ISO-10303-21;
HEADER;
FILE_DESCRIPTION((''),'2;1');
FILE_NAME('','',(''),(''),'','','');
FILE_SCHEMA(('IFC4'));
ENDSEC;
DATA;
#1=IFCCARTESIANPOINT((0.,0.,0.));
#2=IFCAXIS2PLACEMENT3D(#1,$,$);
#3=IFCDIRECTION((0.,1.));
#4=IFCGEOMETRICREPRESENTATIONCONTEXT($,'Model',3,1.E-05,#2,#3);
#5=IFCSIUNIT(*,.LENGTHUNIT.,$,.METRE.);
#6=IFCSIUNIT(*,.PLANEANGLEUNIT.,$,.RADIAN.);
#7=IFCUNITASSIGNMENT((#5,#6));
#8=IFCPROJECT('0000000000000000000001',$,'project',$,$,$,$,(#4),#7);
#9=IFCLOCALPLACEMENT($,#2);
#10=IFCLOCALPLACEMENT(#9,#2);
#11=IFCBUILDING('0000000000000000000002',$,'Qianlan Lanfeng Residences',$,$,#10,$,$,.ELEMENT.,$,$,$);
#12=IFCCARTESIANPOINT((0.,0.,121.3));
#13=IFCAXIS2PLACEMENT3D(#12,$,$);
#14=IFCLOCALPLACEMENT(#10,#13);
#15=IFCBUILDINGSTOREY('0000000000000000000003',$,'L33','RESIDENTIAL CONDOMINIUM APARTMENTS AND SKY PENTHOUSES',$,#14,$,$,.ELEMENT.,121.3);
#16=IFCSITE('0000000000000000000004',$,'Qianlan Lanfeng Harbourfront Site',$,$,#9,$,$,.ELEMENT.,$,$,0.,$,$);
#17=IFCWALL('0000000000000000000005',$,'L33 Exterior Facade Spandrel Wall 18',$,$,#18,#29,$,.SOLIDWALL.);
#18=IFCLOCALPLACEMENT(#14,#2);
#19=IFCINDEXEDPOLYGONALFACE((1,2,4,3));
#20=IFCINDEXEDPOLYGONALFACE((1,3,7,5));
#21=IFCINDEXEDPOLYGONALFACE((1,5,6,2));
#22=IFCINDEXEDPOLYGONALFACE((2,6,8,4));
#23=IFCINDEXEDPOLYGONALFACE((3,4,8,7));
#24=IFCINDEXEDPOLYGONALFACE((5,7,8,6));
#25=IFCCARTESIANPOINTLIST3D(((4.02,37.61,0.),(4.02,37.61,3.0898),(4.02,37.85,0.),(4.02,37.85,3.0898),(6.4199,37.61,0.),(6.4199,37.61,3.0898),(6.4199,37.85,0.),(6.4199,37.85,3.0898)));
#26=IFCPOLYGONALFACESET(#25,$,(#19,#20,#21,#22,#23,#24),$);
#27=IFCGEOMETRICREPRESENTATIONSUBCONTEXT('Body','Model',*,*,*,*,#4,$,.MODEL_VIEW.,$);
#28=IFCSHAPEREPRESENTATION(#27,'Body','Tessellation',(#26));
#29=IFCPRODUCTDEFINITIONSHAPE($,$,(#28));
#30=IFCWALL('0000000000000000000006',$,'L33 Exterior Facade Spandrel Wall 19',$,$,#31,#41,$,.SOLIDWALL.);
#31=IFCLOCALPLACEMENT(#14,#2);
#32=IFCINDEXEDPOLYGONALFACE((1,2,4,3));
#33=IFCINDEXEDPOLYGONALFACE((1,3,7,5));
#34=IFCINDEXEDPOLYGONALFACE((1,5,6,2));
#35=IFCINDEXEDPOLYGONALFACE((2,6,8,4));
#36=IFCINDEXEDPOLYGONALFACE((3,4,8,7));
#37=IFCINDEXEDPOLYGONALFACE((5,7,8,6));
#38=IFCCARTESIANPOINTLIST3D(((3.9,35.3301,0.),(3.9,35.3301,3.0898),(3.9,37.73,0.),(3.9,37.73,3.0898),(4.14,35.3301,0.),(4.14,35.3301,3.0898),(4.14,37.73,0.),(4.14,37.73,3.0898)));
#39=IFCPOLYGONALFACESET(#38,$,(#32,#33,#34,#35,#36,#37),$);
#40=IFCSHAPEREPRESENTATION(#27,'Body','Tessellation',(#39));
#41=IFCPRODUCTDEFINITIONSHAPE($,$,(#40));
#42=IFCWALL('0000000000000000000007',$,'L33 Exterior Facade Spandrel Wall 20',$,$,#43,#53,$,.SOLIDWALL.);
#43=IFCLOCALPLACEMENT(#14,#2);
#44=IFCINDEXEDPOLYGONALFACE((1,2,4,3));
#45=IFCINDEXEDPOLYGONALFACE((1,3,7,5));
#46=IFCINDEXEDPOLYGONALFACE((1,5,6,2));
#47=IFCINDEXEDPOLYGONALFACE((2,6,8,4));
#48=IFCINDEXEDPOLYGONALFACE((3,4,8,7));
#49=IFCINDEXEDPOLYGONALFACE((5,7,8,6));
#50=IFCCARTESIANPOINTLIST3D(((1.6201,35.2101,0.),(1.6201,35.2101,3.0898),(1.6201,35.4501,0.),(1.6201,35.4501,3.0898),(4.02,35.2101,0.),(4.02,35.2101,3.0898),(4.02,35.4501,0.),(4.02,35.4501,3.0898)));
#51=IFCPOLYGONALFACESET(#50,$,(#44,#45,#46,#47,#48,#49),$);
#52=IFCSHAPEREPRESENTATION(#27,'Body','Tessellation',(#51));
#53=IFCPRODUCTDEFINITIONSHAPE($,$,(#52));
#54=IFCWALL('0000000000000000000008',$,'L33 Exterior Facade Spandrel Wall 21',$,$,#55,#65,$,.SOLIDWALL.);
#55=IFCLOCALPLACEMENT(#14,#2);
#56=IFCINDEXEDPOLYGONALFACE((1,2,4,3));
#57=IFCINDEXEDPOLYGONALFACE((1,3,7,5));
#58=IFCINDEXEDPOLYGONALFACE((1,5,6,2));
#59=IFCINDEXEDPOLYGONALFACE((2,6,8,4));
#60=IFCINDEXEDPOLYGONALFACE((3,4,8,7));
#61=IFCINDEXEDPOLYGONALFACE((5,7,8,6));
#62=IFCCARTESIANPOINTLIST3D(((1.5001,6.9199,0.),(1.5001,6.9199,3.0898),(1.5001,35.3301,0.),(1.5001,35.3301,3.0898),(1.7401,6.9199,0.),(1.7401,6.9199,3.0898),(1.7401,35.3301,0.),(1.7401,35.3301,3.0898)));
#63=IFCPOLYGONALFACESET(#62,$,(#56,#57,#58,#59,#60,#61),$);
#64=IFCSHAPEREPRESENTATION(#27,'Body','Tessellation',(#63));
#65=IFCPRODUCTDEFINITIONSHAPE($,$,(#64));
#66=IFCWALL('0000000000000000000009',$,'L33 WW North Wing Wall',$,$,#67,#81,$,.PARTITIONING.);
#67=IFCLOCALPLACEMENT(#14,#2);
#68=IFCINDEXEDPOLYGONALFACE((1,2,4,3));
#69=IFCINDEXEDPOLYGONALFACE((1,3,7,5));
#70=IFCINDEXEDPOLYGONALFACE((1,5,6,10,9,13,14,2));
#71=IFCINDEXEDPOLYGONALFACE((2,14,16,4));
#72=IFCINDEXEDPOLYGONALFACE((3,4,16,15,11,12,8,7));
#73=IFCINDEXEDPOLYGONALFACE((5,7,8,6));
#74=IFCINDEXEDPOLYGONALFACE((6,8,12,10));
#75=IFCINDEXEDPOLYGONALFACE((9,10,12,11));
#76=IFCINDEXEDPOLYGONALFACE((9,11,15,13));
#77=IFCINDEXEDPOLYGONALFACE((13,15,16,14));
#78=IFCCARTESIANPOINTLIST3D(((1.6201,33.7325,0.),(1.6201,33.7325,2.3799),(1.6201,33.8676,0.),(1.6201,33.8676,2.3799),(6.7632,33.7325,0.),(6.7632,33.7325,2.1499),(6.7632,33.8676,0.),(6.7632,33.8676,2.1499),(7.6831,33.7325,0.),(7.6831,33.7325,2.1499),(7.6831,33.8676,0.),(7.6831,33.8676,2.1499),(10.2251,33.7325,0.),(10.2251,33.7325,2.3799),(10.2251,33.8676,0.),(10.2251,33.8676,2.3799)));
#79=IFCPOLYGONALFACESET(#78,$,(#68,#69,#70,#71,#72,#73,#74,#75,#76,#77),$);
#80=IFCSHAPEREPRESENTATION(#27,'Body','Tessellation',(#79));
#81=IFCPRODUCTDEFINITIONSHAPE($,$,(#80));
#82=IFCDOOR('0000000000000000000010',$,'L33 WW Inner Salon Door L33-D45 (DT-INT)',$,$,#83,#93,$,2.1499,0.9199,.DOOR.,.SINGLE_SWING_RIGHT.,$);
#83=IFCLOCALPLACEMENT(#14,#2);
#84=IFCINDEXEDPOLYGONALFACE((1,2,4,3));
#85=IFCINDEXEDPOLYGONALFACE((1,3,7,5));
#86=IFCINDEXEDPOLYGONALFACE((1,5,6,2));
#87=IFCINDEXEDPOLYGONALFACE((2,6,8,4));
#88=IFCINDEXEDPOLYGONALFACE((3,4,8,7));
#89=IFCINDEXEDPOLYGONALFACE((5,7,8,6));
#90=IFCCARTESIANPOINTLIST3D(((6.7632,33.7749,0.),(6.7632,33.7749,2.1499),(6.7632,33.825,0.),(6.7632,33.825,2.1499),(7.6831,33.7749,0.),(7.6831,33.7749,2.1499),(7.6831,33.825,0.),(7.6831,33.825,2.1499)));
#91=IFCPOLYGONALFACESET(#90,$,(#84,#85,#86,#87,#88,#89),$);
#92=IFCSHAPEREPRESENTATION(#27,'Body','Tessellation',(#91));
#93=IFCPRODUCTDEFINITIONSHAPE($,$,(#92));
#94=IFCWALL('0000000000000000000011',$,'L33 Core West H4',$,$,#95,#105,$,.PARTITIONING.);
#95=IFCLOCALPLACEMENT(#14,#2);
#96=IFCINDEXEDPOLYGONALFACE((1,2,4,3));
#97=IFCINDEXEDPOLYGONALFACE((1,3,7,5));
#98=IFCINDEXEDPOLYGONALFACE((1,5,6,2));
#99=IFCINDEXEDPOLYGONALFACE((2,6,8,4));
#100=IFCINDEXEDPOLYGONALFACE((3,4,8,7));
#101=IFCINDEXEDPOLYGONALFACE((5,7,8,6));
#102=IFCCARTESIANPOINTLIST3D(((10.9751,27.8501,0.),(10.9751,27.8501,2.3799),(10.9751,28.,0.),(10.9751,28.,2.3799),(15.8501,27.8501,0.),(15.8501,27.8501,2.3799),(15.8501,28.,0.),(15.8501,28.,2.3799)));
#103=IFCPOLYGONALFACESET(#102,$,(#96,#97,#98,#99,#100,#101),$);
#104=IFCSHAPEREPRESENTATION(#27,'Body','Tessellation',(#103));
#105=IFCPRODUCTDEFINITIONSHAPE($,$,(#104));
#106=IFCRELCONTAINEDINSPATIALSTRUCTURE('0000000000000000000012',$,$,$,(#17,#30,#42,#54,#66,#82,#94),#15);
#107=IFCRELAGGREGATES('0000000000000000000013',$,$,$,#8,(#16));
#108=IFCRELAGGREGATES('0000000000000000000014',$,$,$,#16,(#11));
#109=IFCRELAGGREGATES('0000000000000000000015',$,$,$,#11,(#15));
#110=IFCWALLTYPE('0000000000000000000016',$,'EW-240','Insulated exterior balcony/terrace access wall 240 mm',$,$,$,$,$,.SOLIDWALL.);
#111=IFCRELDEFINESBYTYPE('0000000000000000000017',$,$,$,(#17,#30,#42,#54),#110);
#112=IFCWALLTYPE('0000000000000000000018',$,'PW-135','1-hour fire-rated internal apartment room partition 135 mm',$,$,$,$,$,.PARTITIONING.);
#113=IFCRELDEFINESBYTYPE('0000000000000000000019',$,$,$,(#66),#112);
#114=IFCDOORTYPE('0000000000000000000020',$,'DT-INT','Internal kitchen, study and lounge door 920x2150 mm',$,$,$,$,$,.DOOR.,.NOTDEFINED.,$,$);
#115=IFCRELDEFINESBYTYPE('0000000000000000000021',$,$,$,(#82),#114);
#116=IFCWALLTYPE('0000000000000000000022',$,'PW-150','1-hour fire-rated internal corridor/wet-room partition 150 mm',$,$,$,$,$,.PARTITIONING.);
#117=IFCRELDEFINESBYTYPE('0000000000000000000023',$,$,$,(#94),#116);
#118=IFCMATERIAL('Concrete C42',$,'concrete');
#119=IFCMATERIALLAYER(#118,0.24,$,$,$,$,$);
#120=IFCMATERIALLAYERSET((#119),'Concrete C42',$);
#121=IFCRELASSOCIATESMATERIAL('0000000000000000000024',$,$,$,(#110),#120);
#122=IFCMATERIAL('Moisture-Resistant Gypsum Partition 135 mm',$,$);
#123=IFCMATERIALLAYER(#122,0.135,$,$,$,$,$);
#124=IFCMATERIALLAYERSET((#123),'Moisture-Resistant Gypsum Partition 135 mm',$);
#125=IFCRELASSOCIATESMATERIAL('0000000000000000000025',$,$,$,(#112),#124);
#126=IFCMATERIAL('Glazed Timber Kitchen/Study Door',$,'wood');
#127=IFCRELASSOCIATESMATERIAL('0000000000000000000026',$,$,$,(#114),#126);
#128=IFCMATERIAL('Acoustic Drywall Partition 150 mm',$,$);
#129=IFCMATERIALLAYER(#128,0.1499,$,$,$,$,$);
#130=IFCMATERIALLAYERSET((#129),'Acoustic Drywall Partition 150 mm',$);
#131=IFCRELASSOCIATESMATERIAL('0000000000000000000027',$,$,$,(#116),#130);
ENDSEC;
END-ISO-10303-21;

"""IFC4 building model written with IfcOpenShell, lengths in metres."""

from ifc_helpers import new_model, si_unit, direction, frame, frame_2d, origin, place, context, subcontext, project, spatial, rectangle, extrude, material, layer, layer_set, type_object, element, fill, save


model = new_model("IFC4")

# Units and contexts
model_context = context("Model", 3, precision=1e-05, world=origin(), true_north=direction((0.0, 1.0)))
body_context = subcontext(model_context, "Body", "Model", "MODEL_VIEW")
ifc_project = project(units=[si_unit("LENGTHUNIT", "METRE"), si_unit("PLANEANGLEUNIT", "RADIAN")], contexts=[model_context])

# Site, building, storey
site_placement = place(None, origin())
site = spatial("IfcSite", under=ifc_project, at=site_placement, Name="Qianlan Lanfeng Harbourfront Site", CompositionType="ELEMENT", RefElevation=0.0)
building_placement = place(site_placement, origin())
building = spatial("IfcBuilding", under=site, at=building_placement, Name="Qianlan Lanfeng Residences", CompositionType="ELEMENT")
storey_placement = place(building_placement, frame((0.0, 0.0, 121.3)))
storey = spatial("IfcBuildingStorey", under=building, at=storey_placement, Name="L33", Description="RESIDENTIAL CONDOMINIUM APARTMENTS AND SKY PENTHOUSES", CompositionType="ELEMENT", Elevation=121.3)

# Walls
ifc_material_1 = material(Name="Concrete C42", Category="concrete")
ifc_layer_1 = layer(ifc_material_1, 0.24)
ifc_layer_set_1 = layer_set([ifc_layer_1], Name="Concrete C42")
wall_type_1 = type_object("IfcWallType", Name="EW-240", Description="Insulated exterior balcony/terrace access wall 240 mm", PredefinedType="SOLIDWALL", material=ifc_layer_set_1)
for number, where, z_axis, x_axis, name in (
    (1, (6.4199, 37.73, 0.0), (0.0, 0.0, 1.0), (-1.0, 0.0, 0.0), "L33 Exterior Facade Spandrel Wall 18"),
    (2, (4.02, 37.73, 0.0), (0.0, 0.0, 1.0), (0.0, -1.0, 0.0), "L33 Exterior Facade Spandrel Wall 19"),
    (3, (4.02, 35.3301, 0.0), (0.0, 0.0, 1.0), (-1.0, 0.0, 0.0), "L33 Exterior Facade Spandrel Wall 20"),
):
    element("IfcWall", number, at=place(storey_placement, frame(where, z_axis=z_axis, x_axis=x_axis)), inside=storey, type_object=wall_type_1, Name=name, PredefinedType="SOLIDWALL", context=body_context, shape_type="SweptSolid", body=[
        extrude(rectangle(XDim=2.3999, YDim=0.24, at=frame_2d((1.2, 0.0))), origin(), (0.0, 0.0, 1.0), 3.0898),
    ])
wall_1_placement = place(storey_placement, frame((1.6201, 35.3301, 0.0), z_axis=(0.0, 0.0, 1.0), x_axis=(0.0, -1.0, 0.0)))
element("IfcWall", 4, at=wall_1_placement, inside=storey, type_object=wall_type_1, Name="L33 Exterior Facade Spandrel Wall 21", PredefinedType="SOLIDWALL", context=body_context, shape_type="SweptSolid", body=[
    extrude(rectangle(XDim=28.4102, YDim=0.24, at=frame_2d((14.2051, 0.0))), origin(), (0.0, 0.0, 1.0), 3.0898),
])

# Wall, opening, door
ifc_material_2 = material(Name="Moisture-Resistant Gypsum Partition 135 mm")
ifc_layer_2 = layer(ifc_material_2, 0.135)
ifc_layer_set_2 = layer_set([ifc_layer_2], Name="Moisture-Resistant Gypsum Partition 135 mm")
wall_type_2 = type_object("IfcWallType", Name="PW-135", Description="1-hour fire-rated internal apartment room partition 135 mm", PredefinedType="PARTITIONING", material=ifc_layer_set_2)
wall_2_placement = place(storey_placement, frame((1.6201, 33.8, 0.0), z_axis=(0.0, 0.0, 1.0), x_axis=(1.0, 0.0, 0.0)))
wall_2 = element("IfcWall", 5, at=wall_2_placement, inside=storey, type_object=wall_type_2, Name="L33 WW North Wing Wall", PredefinedType="PARTITIONING", context=body_context, shape_type="SweptSolid", body=[
    extrude(rectangle(XDim=8.605, YDim=0.135, at=frame_2d((4.3025, 0.0))), origin(), (0.0, 0.0, 1.0), 2.3799),
])
opening_1_placement = place(wall_2_placement, frame((5.1431, 0.0, 0.0)))
opening_1 = element("IfcOpeningElement", 6, at=opening_1_placement, cuts=wall_2, PredefinedType="OPENING", context=body_context, shape_type="SweptSolid", body=[
    extrude(rectangle(XDim=0.9199, YDim=2.1499, at=frame_2d((0.46, 1.075))), frame((0.0, 0.0776, 0.0), z_axis=(0.0, -1.0, 0.0), x_axis=(1.0, 0.0, 0.0)), (0.0, 0.0, 1.0), 0.155),
])
ifc_material_3 = material(Name="Glazed Timber Kitchen/Study Door", Category="wood")
door_type_1 = type_object("IfcDoorType", Name="DT-INT", Description="Internal kitchen, study and lounge door 920x2150 mm", OperationType="NOTDEFINED", PredefinedType="DOOR", material=ifc_material_3)
door_1_placement = place(opening_1_placement, origin())
door_1 = element("IfcDoor", 7, at=door_1_placement, inside=storey, type_object=door_type_1, Name="L33 WW Inner Salon Door L33-D45 (DT-INT)", OperationType="SINGLE_SWING_RIGHT", OverallHeight=2.1499, OverallWidth=0.9199, PredefinedType="DOOR", context=body_context, shape_type="SweptSolid", body=[
    extrude(rectangle(XDim=0.9199, YDim=2.1499, at=frame_2d((0.46, 1.075))), frame((0.0, 0.0249, 0.0), z_axis=(0.0, -1.0, 0.0), x_axis=(1.0, 0.0, 0.0)), (0.0, 0.0, 1.0), 0.05),
])
fill(opening_1, door_1)

# Wall
ifc_material_4 = material(Name="Acoustic Drywall Partition 150 mm")
ifc_layer_3 = layer(ifc_material_4, 0.1499)
ifc_layer_set_3 = layer_set([ifc_layer_3], Name="Acoustic Drywall Partition 150 mm")
wall_type_3 = type_object("IfcWallType", Name="PW-150", Description="1-hour fire-rated internal corridor/wet-room partition 150 mm", PredefinedType="PARTITIONING", material=ifc_layer_set_3)
wall_3_placement = place(storey_placement, frame((10.9751, 27.925, 0.0), z_axis=(0.0, 0.0, 1.0), x_axis=(1.0, 0.0, 0.0)))
element("IfcWall", 8, at=wall_3_placement, inside=storey, type_object=wall_type_3, Name="L33 Core West H4", PredefinedType="PARTITIONING", context=body_context, shape_type="SweptSolid", body=[
    extrude(rectangle(XDim=4.875, YDim=0.1499, at=frame_2d((2.4375, 0.0))), origin(), (0.0, 0.0, 1.0), 2.3799),
])

save(model, "model.ifc")
